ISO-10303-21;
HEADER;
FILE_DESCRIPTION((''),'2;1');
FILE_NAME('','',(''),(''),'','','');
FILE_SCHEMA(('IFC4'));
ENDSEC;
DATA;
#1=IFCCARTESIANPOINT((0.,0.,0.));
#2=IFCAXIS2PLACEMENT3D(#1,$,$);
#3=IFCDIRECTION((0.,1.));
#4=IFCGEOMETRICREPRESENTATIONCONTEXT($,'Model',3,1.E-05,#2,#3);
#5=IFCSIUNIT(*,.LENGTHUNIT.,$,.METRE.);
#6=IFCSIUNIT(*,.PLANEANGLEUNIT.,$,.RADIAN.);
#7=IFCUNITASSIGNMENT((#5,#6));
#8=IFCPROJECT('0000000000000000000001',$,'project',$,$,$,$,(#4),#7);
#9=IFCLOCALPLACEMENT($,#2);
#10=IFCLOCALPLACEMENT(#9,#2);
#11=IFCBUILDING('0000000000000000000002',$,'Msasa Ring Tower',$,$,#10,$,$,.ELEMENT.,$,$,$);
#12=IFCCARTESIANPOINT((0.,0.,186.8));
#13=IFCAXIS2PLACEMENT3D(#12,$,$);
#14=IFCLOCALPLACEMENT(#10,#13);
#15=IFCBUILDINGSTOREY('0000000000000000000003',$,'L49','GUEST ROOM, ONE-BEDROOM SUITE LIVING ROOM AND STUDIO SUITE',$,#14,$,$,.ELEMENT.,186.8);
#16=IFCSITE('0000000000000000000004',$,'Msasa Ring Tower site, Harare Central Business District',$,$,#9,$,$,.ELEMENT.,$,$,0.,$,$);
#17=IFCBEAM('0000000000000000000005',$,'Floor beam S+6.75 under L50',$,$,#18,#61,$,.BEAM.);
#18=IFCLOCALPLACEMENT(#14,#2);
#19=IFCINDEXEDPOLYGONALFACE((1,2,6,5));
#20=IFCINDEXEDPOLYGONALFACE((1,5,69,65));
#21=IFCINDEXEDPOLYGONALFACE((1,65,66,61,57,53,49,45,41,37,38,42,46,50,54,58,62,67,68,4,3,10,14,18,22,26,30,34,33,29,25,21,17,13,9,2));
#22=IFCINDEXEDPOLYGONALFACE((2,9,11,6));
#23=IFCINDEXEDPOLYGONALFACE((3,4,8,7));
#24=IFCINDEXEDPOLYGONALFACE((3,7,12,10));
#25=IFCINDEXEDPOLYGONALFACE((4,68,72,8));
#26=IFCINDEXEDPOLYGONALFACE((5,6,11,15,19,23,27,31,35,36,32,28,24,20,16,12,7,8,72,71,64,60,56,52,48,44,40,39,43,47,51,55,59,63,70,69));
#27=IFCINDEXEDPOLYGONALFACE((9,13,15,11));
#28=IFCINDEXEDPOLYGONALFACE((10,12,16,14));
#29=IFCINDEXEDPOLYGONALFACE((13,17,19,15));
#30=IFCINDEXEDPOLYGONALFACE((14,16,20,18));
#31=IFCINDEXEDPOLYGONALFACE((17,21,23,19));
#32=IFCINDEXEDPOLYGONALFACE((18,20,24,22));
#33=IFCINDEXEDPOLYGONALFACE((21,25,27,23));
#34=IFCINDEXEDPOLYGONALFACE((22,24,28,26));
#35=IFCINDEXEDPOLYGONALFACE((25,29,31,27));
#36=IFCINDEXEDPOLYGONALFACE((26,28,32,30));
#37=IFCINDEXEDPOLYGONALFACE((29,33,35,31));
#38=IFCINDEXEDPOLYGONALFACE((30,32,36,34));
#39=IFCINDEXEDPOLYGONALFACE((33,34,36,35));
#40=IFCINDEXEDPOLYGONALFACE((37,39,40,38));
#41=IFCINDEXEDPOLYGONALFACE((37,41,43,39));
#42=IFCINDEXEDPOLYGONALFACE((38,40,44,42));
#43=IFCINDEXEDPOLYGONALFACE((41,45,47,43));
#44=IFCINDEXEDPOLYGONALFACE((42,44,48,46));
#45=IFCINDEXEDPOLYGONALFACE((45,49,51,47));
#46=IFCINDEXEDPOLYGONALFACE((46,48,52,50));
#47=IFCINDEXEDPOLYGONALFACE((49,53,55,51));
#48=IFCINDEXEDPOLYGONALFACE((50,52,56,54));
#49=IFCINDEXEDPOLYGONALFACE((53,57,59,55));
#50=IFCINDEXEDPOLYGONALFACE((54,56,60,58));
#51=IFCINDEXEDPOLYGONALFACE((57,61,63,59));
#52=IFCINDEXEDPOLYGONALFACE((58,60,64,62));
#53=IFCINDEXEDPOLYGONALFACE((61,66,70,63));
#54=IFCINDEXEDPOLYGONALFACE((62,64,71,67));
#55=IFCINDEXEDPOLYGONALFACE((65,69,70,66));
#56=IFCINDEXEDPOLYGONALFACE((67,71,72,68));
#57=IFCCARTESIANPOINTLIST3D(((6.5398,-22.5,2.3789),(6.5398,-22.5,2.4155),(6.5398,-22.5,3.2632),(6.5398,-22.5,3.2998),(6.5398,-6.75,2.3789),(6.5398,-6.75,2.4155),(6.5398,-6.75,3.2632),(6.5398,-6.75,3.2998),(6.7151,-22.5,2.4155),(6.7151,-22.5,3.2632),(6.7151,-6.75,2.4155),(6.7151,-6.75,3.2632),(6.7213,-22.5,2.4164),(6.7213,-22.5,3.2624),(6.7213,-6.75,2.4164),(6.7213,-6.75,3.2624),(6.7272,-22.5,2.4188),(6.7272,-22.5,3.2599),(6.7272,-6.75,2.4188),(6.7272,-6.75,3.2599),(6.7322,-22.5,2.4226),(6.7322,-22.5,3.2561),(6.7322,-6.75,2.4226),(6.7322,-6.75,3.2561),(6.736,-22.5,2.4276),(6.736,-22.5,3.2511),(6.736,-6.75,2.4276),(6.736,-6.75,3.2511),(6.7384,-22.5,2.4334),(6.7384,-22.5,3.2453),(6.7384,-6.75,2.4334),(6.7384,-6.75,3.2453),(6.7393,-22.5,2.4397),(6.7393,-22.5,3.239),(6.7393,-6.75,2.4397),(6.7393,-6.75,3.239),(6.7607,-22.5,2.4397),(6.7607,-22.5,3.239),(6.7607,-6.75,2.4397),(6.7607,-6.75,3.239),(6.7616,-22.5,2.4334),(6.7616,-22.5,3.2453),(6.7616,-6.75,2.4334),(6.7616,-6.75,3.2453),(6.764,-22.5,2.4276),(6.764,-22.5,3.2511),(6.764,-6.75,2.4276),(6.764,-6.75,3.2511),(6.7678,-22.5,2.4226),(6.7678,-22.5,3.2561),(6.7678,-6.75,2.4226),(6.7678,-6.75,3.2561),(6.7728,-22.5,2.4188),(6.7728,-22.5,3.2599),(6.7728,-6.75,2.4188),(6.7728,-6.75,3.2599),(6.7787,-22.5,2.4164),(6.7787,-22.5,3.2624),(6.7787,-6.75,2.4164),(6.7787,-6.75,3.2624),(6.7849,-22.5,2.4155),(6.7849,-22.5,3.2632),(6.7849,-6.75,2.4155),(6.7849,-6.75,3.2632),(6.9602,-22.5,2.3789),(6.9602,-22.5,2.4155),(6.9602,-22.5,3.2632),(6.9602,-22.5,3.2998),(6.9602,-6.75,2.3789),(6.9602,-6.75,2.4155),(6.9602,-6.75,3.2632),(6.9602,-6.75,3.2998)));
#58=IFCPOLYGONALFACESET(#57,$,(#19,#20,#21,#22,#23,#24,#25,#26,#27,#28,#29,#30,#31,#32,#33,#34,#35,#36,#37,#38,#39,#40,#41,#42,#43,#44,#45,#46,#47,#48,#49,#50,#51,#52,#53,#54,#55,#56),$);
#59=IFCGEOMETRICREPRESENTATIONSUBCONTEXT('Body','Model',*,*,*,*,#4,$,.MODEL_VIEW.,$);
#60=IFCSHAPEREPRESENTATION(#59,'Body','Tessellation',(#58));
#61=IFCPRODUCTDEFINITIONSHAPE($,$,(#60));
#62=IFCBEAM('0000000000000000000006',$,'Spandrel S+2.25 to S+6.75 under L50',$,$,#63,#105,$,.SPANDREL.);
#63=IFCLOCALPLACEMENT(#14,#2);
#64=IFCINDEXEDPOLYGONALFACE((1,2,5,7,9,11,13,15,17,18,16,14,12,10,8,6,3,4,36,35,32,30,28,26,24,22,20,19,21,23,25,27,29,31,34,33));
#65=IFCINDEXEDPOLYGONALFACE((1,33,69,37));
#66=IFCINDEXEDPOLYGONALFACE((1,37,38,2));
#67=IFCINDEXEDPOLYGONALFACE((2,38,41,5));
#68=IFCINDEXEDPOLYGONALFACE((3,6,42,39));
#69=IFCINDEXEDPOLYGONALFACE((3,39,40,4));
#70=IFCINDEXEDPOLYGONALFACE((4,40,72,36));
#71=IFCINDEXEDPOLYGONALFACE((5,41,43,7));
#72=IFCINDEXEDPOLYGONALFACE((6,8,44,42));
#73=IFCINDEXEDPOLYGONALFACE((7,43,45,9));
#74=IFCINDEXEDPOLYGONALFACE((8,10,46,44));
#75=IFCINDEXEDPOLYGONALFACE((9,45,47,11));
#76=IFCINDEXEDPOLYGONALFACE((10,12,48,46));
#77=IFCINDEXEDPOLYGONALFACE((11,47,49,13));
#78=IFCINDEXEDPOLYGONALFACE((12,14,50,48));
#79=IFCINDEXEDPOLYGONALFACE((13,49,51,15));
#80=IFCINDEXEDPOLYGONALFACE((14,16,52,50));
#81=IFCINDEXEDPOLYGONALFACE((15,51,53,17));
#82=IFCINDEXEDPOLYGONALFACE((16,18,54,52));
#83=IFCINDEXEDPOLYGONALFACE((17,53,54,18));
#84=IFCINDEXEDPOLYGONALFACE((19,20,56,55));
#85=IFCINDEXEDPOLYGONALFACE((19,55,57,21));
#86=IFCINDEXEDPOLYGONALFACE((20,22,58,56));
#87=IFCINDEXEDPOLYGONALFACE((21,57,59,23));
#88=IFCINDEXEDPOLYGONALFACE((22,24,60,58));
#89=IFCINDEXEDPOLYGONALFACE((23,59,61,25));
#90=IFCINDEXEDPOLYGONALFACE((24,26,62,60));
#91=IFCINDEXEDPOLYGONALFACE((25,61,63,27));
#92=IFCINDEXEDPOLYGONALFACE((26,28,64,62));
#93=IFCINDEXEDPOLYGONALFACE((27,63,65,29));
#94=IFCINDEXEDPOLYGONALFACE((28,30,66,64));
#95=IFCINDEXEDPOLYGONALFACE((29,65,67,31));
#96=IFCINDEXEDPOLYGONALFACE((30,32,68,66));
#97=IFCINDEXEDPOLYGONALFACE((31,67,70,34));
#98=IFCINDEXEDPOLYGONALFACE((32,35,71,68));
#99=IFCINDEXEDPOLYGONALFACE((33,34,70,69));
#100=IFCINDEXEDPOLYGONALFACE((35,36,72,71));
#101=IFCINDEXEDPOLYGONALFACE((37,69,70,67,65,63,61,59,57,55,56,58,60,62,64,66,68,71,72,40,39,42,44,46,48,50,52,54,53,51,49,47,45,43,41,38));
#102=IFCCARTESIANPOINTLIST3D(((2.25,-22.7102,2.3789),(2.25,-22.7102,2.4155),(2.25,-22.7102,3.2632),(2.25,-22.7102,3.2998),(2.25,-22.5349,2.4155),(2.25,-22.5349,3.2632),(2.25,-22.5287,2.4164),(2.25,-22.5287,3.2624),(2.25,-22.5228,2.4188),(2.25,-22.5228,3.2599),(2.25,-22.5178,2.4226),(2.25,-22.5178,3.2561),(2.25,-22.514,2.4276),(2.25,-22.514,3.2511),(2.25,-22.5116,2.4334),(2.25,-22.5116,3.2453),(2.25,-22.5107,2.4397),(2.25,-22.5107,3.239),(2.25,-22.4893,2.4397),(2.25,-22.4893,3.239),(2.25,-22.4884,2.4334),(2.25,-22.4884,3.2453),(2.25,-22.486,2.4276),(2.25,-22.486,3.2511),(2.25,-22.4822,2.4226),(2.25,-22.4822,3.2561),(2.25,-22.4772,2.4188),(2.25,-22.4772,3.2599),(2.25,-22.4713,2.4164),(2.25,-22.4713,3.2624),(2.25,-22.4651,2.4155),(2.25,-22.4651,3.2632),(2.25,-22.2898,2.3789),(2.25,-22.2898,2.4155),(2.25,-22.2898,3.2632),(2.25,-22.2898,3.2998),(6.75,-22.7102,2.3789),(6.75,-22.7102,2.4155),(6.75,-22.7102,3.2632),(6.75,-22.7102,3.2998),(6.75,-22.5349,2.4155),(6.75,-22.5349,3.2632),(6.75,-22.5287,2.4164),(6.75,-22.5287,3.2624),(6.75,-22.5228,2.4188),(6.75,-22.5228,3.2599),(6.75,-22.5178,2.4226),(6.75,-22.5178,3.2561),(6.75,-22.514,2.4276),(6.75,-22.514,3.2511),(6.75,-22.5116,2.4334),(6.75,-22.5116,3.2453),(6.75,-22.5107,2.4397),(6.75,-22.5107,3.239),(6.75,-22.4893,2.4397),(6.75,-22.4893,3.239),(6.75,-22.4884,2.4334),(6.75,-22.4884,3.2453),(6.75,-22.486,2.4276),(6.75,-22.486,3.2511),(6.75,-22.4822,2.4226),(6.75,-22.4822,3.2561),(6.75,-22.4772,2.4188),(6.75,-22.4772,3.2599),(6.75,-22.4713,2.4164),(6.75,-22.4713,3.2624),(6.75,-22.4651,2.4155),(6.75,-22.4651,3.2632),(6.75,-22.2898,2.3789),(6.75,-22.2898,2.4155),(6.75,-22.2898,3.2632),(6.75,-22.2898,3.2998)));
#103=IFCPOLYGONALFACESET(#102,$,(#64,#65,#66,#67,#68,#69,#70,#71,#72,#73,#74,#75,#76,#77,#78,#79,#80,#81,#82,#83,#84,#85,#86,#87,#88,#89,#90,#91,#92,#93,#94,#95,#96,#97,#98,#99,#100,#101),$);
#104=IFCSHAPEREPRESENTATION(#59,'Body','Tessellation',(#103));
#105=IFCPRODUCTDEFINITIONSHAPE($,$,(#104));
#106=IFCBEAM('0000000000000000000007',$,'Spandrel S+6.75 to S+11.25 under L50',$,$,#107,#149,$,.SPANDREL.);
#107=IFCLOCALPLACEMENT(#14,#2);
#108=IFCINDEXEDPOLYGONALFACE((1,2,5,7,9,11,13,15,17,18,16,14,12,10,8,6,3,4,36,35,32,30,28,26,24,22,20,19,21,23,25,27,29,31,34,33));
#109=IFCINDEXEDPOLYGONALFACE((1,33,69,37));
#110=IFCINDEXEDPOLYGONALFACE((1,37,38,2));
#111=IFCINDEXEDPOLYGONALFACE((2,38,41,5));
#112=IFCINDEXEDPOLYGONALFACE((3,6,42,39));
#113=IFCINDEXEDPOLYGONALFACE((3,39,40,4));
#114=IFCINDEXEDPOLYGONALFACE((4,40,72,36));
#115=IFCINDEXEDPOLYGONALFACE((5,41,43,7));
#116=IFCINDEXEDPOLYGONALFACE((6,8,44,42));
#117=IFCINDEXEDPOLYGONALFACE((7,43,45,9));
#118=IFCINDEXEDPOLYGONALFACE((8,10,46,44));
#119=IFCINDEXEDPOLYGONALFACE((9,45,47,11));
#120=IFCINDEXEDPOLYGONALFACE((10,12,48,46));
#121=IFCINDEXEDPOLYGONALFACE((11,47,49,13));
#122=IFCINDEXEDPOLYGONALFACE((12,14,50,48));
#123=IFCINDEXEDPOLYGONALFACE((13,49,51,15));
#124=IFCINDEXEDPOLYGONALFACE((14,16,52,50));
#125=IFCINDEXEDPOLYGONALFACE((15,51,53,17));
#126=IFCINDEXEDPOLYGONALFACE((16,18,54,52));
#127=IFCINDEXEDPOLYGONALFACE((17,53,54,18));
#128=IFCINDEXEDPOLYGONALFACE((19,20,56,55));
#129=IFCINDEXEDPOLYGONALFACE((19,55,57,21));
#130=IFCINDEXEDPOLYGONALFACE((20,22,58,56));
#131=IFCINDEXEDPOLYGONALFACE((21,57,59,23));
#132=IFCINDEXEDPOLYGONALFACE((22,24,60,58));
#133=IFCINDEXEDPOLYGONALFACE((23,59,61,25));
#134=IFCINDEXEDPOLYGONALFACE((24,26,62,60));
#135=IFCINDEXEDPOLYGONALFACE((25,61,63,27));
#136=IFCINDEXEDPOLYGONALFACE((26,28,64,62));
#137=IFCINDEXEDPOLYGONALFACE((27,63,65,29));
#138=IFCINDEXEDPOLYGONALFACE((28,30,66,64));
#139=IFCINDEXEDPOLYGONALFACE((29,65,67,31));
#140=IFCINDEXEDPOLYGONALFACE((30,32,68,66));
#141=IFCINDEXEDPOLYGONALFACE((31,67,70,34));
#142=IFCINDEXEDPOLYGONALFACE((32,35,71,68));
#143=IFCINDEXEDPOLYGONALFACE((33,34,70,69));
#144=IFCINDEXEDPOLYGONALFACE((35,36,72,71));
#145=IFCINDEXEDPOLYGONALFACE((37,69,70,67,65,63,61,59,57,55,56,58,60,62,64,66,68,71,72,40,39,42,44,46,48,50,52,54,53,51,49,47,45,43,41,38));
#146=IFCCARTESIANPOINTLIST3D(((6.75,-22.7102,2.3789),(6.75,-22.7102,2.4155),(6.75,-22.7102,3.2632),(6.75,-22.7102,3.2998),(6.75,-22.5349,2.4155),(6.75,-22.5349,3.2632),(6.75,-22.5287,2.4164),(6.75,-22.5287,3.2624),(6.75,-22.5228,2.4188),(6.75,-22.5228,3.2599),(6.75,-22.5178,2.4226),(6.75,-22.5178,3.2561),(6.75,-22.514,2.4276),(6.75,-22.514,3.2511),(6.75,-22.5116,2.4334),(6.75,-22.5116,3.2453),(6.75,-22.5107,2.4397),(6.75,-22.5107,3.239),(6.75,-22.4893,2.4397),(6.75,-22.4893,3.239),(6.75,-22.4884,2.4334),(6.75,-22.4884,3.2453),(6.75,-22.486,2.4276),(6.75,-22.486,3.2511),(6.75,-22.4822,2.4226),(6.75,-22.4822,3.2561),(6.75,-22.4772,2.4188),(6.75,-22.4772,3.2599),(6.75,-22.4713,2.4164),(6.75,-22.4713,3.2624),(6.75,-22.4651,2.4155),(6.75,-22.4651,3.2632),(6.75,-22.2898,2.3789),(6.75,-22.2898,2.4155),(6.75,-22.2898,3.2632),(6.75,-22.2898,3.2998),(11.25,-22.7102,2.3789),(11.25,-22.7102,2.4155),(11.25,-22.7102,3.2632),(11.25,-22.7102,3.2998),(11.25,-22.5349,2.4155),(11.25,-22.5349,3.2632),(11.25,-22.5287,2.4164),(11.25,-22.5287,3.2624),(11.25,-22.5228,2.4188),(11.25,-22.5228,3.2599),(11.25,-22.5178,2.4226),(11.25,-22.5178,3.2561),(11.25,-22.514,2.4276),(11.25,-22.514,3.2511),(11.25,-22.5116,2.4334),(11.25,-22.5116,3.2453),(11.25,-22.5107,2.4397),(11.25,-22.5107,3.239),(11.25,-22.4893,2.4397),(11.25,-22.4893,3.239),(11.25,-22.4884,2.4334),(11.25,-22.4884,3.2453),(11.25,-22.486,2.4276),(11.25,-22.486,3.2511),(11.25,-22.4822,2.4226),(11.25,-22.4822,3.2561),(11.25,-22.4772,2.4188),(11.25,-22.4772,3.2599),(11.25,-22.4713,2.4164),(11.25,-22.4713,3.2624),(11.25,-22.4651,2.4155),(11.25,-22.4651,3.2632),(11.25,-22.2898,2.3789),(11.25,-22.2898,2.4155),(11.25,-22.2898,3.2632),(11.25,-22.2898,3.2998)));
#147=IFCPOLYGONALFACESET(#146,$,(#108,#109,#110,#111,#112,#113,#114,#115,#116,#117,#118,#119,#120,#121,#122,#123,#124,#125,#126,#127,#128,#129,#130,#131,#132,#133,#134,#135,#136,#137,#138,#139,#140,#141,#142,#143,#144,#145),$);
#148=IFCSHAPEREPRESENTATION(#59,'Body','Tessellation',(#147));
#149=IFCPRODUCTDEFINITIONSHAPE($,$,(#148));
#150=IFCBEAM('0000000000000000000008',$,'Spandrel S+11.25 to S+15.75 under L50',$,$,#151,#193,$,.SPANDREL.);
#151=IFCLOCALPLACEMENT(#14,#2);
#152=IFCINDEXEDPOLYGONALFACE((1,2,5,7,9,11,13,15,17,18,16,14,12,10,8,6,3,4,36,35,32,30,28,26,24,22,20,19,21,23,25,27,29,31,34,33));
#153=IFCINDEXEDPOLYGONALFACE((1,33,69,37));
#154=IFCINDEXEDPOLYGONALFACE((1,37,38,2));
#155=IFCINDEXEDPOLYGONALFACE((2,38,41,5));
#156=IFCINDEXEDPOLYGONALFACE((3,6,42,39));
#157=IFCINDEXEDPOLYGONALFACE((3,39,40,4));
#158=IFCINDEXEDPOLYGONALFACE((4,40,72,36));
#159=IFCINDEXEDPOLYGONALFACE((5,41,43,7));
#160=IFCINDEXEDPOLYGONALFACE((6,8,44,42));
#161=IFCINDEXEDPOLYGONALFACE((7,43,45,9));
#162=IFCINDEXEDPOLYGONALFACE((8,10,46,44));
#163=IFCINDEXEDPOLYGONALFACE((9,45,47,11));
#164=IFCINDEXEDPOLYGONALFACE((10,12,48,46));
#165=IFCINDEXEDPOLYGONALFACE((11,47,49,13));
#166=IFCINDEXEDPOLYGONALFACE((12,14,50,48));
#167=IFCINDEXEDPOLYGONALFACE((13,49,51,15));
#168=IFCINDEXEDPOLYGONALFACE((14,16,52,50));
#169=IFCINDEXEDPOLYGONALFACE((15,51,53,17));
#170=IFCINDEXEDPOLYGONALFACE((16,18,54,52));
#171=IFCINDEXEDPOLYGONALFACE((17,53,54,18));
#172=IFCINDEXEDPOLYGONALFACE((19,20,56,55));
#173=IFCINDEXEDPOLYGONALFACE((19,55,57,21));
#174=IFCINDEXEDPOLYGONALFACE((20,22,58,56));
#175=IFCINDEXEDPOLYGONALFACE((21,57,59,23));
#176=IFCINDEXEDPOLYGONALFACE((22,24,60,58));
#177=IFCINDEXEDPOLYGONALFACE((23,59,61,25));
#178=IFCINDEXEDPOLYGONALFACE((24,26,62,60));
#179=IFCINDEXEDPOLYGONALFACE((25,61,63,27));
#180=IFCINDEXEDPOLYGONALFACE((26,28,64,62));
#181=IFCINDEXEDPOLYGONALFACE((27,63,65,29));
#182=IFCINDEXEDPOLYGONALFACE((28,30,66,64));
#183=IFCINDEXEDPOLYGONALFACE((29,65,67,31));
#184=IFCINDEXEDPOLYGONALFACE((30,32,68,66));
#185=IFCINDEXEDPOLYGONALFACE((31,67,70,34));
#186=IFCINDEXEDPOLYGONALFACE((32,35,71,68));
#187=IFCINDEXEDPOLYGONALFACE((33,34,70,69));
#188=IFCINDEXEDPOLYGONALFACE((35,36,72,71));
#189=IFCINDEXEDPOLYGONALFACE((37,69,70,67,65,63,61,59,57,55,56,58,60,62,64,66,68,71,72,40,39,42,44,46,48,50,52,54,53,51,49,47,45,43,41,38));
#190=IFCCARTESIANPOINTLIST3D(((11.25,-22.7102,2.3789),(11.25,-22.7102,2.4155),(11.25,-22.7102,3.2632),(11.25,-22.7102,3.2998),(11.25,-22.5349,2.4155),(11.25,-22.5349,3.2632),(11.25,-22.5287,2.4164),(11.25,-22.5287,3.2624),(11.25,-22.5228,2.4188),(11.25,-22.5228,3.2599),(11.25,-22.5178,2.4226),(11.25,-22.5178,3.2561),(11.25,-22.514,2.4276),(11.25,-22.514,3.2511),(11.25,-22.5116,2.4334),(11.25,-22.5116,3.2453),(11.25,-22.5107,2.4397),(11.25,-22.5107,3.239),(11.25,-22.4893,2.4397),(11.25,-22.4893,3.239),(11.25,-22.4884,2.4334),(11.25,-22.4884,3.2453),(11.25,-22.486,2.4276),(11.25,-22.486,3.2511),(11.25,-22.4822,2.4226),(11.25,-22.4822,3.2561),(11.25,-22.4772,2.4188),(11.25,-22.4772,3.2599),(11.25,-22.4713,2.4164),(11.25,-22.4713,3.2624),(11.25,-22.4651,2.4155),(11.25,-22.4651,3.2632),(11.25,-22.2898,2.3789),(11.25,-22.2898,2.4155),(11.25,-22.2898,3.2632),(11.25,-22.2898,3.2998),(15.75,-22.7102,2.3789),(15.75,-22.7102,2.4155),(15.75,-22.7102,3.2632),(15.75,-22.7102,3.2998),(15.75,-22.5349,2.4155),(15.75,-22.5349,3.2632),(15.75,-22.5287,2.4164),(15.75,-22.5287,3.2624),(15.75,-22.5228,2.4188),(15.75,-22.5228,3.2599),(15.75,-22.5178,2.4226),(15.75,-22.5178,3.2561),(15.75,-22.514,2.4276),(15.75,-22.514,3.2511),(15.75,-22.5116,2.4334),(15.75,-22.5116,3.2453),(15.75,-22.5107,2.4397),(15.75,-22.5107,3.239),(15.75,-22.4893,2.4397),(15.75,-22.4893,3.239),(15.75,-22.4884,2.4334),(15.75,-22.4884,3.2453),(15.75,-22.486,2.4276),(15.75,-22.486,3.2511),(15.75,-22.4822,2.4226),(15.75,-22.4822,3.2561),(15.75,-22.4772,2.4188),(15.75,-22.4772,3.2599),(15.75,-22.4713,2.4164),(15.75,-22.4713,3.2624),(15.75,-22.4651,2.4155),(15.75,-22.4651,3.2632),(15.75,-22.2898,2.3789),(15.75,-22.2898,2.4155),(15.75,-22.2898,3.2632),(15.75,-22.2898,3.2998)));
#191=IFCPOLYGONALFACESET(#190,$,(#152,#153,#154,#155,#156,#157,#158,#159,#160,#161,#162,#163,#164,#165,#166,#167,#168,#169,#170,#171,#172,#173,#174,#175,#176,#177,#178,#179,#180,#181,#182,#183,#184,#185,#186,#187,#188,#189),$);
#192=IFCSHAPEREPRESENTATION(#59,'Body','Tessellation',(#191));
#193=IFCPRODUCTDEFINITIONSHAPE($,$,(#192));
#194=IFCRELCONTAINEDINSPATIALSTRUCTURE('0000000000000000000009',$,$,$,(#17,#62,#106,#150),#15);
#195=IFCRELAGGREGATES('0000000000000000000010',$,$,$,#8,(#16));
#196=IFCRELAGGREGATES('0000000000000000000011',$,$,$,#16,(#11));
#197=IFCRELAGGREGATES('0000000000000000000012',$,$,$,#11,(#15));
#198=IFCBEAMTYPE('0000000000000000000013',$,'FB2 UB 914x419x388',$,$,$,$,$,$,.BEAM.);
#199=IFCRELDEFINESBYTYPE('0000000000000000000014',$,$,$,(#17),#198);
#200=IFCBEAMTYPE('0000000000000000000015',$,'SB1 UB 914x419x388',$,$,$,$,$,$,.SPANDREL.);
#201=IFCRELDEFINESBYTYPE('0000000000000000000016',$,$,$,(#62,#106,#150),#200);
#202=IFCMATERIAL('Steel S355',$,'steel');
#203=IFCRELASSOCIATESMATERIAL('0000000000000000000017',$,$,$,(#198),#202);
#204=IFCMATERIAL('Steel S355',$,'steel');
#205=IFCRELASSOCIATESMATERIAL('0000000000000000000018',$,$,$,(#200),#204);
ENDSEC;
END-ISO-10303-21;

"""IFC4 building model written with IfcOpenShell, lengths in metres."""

from ifc_helpers import new_model, si_unit, direction, frame, origin, origin_2d, place, context, subcontext, project, spatial, i_section, extrude, material, material_profile, profile_set, type_object, element, save


model = new_model("IFC4")

# Units and contexts
model_context = context("Model", 3, precision=1e-05, world=origin(), true_north=direction((0.0, 1.0)))
body_context = subcontext(model_context, "Body", "Model", "MODEL_VIEW")
ifc_project = project(units=[si_unit("LENGTHUNIT", "METRE"), si_unit("PLANEANGLEUNIT", "RADIAN")], contexts=[model_context])

# Site, building, storey
site_placement = place(None, origin())
site = spatial("IfcSite", under=ifc_project, at=site_placement, Name="Msasa Ring Tower site, Harare Central Business District", CompositionType="ELEMENT", RefElevation=0.0)
building_placement = place(site_placement, origin())
building = spatial("IfcBuilding", under=site, at=building_placement, Name="Msasa Ring Tower", CompositionType="ELEMENT")
storey_placement = place(building_placement, frame((0.0, 0.0, 186.8)))
storey = spatial("IfcBuildingStorey", under=building, at=storey_placement, Name="L49", Description="GUEST ROOM, ONE-BEDROOM SUITE LIVING ROOM AND STUDIO SUITE", CompositionType="ELEMENT", Elevation=186.8)

# Beams
ifc_material_1 = material(Name="Steel S355", Category="steel")
ifc_material_profile_1 = material_profile(ifc_material_1, i_section(OverallWidth=0.4204, OverallDepth=0.9209, WebThickness=0.0215, FlangeThickness=0.0366, FilletRadius=0.0242, at=origin_2d()), Name="UB 914x419x388")
ifc_profile_set_1 = profile_set([ifc_material_profile_1], Name="Steel S355")
beam_type_1 = type_object("IfcBeamType", Name="FB2 UB 914x419x388", PredefinedType="BEAM", material=ifc_profile_set_1)
for number, where, z_axis, x_axis, name in (
    (1, (6.75, -22.5, 2.8394), (0.0, 1.0, 0.0), (-1.0, 0.0, 0.0), "Floor beam S+6.75 under L50"),
):
    element("IfcBeam", number, at=place(storey_placement, frame(where, z_axis=z_axis, x_axis=x_axis)), inside=storey, type_object=beam_type_1, Name=name, PredefinedType="BEAM", context=body_context, shape_type="SweptSolid", body=[
        extrude(i_section(OverallWidth=0.4204, OverallDepth=0.9209, WebThickness=0.0215, FlangeThickness=0.0366, FilletRadius=0.0242, at=origin_2d()), origin(), (0.0, 0.0, 1.0), 15.75),
    ])
ifc_material_2 = material(Name="Steel S355", Category="steel")
ifc_material_profile_2 = material_profile(ifc_material_2, i_section(OverallWidth=0.4204, OverallDepth=0.9209, WebThickness=0.0215, FlangeThickness=0.0366, FilletRadius=0.0242, at=origin_2d()), Name="UB 914x419x388")
ifc_profile_set_2 = profile_set([ifc_material_profile_2], Name="Steel S355")
beam_type_2 = type_object("IfcBeamType", Name="SB1 UB 914x419x388", PredefinedType="SPANDREL", material=ifc_profile_set_2)
for number, where, z_axis, x_axis, name in (
    (2, (2.25, -22.5, 2.8394), (1.0, 0.0, 0.0), (0.0, 1.0, 0.0), "Spandrel S+2.25 to S+6.75 under L50"),
    (3, (6.75, -22.5, 2.8394), (1.0, 0.0, 0.0), (0.0, 1.0, 0.0), "Spandrel S+6.75 to S+11.25 under L50"),
    (4, (11.25, -22.5, 2.8394), (1.0, 0.0, 0.0), (0.0, 1.0, 0.0), "Spandrel S+11.25 to S+15.75 under L50"),
):
    element("IfcBeam", number, at=place(storey_placement, frame(where, z_axis=z_axis, x_axis=x_axis)), inside=storey, type_object=beam_type_2, Name=name, PredefinedType="SPANDREL", context=body_context, shape_type="SweptSolid", body=[
        extrude(i_section(OverallWidth=0.4204, OverallDepth=0.9209, WebThickness=0.0215, FlangeThickness=0.0366, FilletRadius=0.0242, at=origin_2d()), origin(), (0.0, 0.0, 1.0), 4.5),
    ])

save(model, "model.ifc")
